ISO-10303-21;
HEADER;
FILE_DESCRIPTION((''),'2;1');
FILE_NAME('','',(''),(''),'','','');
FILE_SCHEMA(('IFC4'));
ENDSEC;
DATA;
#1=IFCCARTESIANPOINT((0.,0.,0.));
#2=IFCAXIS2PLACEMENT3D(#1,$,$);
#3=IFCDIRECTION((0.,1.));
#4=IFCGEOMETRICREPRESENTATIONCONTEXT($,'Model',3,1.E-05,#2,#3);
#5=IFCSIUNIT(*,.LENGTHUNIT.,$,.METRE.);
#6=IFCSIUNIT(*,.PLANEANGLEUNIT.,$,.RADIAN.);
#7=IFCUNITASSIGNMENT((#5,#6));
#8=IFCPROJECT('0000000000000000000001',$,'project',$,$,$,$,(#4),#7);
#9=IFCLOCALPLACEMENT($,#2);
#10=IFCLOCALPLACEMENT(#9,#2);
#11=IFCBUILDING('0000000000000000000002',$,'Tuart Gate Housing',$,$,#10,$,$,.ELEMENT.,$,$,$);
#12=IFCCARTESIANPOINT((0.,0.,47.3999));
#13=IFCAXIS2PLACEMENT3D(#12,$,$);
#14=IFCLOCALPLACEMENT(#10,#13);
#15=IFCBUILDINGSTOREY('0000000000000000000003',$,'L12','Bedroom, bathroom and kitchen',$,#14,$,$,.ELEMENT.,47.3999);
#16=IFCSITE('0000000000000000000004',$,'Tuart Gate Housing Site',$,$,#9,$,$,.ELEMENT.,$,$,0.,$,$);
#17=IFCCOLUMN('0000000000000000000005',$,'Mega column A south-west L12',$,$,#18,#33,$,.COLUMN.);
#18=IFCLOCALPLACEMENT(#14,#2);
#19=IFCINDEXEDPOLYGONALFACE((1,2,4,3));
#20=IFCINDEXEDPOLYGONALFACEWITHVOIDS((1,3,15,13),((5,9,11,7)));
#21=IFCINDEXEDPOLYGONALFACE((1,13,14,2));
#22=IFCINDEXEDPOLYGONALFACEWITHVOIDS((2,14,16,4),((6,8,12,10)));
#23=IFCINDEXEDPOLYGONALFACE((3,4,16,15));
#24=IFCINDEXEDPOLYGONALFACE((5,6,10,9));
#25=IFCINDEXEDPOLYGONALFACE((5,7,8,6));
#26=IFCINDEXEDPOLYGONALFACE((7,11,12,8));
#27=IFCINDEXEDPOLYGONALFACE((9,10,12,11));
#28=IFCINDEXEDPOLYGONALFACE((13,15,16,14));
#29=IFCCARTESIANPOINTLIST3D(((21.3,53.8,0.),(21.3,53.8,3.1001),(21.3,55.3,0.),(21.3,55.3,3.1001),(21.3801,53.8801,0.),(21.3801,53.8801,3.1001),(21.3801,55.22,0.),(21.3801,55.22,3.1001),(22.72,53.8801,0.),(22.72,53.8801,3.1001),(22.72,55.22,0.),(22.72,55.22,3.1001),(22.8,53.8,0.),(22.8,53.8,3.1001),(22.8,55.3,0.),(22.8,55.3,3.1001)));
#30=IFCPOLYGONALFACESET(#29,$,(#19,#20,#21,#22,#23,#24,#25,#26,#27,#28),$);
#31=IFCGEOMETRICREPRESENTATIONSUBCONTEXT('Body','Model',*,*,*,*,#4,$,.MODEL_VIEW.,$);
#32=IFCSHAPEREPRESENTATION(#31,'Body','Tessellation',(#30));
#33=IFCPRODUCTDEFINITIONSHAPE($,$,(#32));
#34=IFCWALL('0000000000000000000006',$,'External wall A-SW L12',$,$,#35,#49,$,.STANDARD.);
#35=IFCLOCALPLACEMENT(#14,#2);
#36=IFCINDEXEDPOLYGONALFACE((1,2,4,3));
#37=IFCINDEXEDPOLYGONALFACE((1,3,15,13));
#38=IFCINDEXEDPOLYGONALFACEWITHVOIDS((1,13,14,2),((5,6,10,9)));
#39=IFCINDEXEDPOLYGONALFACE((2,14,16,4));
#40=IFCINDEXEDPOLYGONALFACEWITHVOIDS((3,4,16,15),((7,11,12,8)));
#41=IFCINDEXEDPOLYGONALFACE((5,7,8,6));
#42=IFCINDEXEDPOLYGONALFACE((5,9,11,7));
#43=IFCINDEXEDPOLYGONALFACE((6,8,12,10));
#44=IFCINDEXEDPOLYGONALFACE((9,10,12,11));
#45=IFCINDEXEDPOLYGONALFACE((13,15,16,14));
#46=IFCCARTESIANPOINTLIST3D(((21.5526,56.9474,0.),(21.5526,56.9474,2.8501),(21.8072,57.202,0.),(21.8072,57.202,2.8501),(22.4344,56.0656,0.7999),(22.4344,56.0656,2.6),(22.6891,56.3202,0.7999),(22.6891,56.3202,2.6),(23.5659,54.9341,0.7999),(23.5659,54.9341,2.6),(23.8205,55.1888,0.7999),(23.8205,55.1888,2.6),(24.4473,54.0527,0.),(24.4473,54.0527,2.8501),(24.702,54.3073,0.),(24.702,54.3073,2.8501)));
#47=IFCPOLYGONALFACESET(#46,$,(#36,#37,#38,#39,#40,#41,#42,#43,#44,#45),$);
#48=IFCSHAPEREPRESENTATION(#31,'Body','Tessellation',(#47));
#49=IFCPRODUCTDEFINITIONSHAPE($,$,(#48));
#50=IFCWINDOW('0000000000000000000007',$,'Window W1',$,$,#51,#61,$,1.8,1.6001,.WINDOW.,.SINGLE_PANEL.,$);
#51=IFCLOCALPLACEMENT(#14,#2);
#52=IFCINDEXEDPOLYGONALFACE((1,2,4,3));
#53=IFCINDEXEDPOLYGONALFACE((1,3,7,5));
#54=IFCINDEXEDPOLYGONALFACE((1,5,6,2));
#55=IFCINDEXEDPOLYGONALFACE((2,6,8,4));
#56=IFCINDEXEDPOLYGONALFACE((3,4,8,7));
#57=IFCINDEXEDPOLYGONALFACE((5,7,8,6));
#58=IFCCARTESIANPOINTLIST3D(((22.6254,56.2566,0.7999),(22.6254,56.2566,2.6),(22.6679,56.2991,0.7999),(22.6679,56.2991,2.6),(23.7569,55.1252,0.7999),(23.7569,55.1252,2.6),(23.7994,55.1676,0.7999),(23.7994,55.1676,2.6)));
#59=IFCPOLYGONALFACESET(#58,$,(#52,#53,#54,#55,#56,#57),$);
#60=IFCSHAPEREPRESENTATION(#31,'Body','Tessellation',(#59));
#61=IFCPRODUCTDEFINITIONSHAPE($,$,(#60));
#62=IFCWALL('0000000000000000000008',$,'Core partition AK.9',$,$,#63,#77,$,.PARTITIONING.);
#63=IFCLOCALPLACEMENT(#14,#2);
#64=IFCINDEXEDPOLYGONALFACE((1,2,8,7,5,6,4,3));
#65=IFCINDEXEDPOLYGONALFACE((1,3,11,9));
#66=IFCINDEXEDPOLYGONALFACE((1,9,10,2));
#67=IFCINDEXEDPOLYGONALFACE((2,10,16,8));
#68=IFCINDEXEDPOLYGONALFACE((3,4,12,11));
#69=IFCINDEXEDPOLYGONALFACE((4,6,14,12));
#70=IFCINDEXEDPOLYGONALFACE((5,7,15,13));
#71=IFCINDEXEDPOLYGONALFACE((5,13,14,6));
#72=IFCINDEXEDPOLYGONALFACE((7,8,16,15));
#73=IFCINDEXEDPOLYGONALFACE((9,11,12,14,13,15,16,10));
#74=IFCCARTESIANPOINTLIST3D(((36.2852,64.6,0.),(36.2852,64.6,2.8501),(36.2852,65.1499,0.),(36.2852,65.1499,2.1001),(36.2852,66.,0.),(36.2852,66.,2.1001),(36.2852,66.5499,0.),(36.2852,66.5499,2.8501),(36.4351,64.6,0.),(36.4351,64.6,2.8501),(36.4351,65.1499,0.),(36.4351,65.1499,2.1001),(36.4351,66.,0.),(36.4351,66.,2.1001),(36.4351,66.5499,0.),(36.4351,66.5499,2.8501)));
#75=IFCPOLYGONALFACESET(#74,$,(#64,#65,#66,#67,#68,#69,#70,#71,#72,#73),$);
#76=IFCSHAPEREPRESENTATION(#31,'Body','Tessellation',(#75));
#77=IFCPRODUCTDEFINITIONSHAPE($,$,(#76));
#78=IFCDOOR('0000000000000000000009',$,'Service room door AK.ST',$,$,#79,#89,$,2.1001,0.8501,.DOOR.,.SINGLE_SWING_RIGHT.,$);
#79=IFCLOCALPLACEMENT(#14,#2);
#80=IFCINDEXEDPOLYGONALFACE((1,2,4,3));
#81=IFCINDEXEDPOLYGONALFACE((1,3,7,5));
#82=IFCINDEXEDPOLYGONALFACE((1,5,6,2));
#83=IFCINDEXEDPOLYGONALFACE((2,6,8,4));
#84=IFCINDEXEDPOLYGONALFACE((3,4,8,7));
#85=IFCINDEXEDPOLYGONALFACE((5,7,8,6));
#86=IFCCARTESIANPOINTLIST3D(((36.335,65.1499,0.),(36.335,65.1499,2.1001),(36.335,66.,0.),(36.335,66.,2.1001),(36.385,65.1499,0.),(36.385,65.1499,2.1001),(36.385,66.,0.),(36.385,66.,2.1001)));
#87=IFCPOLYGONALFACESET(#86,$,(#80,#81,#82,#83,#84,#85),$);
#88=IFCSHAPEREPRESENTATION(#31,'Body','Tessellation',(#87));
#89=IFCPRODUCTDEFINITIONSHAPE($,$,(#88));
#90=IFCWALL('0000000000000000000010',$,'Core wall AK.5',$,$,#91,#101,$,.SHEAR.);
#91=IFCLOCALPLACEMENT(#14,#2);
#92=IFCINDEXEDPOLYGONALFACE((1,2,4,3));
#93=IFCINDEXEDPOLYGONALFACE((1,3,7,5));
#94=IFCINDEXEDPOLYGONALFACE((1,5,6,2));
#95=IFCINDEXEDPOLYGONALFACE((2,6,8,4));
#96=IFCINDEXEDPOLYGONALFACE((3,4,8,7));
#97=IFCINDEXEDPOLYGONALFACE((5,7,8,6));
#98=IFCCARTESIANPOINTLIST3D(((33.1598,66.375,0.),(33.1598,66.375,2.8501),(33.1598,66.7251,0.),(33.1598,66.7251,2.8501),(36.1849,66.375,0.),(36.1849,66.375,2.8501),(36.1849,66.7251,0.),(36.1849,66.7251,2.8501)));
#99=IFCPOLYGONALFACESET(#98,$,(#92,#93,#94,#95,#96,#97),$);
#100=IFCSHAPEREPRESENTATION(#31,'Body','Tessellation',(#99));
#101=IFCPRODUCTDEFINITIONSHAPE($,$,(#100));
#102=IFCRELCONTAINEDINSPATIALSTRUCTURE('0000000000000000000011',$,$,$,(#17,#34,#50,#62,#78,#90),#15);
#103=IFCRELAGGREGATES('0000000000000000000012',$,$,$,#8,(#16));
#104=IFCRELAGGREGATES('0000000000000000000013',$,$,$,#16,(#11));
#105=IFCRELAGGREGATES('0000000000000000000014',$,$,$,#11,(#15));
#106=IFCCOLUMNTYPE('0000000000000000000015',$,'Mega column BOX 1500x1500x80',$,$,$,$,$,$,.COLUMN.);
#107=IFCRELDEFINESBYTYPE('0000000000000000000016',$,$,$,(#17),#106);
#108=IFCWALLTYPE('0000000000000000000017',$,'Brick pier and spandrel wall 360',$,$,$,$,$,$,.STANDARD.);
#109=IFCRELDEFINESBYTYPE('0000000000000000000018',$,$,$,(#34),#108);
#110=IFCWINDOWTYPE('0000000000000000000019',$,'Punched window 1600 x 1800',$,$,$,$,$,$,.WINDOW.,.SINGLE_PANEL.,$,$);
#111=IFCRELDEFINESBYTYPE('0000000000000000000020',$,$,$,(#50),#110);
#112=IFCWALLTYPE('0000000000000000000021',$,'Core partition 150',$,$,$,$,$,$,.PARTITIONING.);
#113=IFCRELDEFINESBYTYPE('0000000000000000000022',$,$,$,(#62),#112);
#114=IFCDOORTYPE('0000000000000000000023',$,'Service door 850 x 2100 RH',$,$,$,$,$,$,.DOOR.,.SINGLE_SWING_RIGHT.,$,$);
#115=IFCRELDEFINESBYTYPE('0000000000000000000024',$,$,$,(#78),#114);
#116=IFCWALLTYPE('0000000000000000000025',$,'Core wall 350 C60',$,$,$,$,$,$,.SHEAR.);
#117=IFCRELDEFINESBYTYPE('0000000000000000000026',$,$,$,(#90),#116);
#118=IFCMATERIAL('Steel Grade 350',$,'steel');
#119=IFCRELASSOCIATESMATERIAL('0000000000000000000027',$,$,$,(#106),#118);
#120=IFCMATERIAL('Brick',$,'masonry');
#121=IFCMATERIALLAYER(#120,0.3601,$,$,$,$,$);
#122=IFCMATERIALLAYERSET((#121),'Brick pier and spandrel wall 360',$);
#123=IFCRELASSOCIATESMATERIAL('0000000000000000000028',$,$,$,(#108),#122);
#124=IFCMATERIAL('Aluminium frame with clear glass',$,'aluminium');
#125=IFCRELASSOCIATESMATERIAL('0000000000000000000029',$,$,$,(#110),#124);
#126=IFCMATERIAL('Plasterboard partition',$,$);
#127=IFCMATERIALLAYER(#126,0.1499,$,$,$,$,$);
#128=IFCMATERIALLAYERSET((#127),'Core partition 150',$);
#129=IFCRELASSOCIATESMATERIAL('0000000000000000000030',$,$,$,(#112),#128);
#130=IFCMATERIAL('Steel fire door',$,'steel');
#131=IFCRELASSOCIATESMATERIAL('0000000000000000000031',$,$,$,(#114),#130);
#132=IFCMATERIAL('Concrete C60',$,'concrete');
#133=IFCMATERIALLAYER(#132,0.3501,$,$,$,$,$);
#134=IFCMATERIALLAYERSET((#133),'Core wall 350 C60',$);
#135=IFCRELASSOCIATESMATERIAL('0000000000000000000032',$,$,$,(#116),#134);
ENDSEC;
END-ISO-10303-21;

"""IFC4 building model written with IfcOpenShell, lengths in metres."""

from ifc_helpers import new_model, si_unit, direction, frame, frame_2d, origin, origin_2d, place, context, subcontext, project, spatial, rectangle, hollow_rectangle, extrude, material, layer, layer_set, material_profile, profile_set, type_object, element, fill, save


model = new_model("IFC4")

# Units and contexts
model_context = context("Model", 3, precision=1e-05, world=origin(), true_north=direction((0.0, 1.0)))
body_context = subcontext(model_context, "Body", "Model", "MODEL_VIEW")
ifc_project = project(units=[si_unit("LENGTHUNIT", "METRE"), si_unit("PLANEANGLEUNIT", "RADIAN")], contexts=[model_context])

# Site, building, storey
site_placement = place(None, origin())
site = spatial("IfcSite", under=ifc_project, at=site_placement, Name="Tuart Gate Housing Site", CompositionType="ELEMENT", RefElevation=0.0)
building_placement = place(site_placement, origin())
building = spatial("IfcBuilding", under=site, at=building_placement, Name="Tuart Gate Housing", CompositionType="ELEMENT")
storey_placement = place(building_placement, frame((0.0, 0.0, 47.3999)))
storey = spatial("IfcBuildingStorey", under=building, at=storey_placement, Name="L12", Description="Bedroom, bathroom and kitchen", CompositionType="ELEMENT", Elevation=47.3999)

# Column
ifc_material_1 = material(Name="Steel Grade 350", Category="steel")
ifc_material_profile = material_profile(ifc_material_1, hollow_rectangle(XDim=1.5, YDim=1.5, WallThickness=0.0801, at=origin_2d()), Name="BOX 1500x1500x80")
ifc_profile_set = profile_set([ifc_material_profile], Name="Steel Grade 350")
column_type = type_object("IfcColumnType", Name="Mega column BOX 1500x1500x80", PredefinedType="COLUMN", material=ifc_profile_set)
column_placement = place(storey_placement, frame((22.05, 54.55, 0.0), z_axis=(0.0, 0.0, 1.0), x_axis=(1.0, 0.0, 0.0)))
element("IfcColumn", 1, at=column_placement, inside=storey, type_object=column_type, Name="Mega column A south-west L12", PredefinedType="COLUMN", context=body_context, shape_type="SweptSolid", body=[
    extrude(hollow_rectangle(XDim=1.5, YDim=1.5, WallThickness=0.0801, at=origin_2d()), origin(), (0.0, 0.0, 1.0), 3.1001),
])

# Wall, opening, window
ifc_material_2 = material(Name="Brick", Category="masonry")
ifc_layer_1 = layer(ifc_material_2, 0.3601)
ifc_layer_set_1 = layer_set([ifc_layer_1], Name="Brick pier and spandrel wall 360")
wall_type_1 = type_object("IfcWallType", Name="Brick pier and spandrel wall 360", PredefinedType="STANDARD", material=ifc_layer_set_1)
wall_1_placement = place(storey_placement, frame((21.6799, 57.0747, 0.0), z_axis=(0.0, 0.0, 1.0), x_axis=(0.707107, -0.707107, 0.0)))
wall_1 = element("IfcWall", 2, at=wall_1_placement, inside=storey, type_object=wall_type_1, Name="External wall A-SW L12", PredefinedType="STANDARD", context=body_context, shape_type="SweptSolid", body=[
    extrude(rectangle(XDim=4.0938, YDim=0.3601, at=frame_2d((2.0469, 0.0))), origin(), (0.0, 0.0, 1.0), 2.8501),
])
opening_1_placement = place(wall_1_placement, frame((1.2471, 0.0, 0.8)))
opening_1 = element("IfcOpeningElement", 3, at=opening_1_placement, cuts=wall_1, PredefinedType="OPENING", context=body_context, shape_type="SweptSolid", body=[
    extrude(rectangle(XDim=1.6001, YDim=1.8, at=frame_2d((0.8, 0.8999))), frame((0.0, 0.1899, 0.0), z_axis=(0.0, -1.0, 0.0), x_axis=(1.0, 0.0, 0.0)), (0.0, 0.0, 1.0), 0.3801),
])
ifc_material_3 = material(Name="Aluminium frame with clear glass", Category="aluminium")
window_type = type_object("IfcWindowType", Name="Punched window 1600 x 1800", PartitioningType="SINGLE_PANEL", PredefinedType="WINDOW", material=ifc_material_3)
window_placement = place(opening_1_placement, origin())
window = element("IfcWindow", 4, at=window_placement, inside=storey, type_object=window_type, Name="Window W1", OverallHeight=1.8, OverallWidth=1.6001, PartitioningType="SINGLE_PANEL", PredefinedType="WINDOW", context=body_context, shape_type="SweptSolid", body=[
    extrude(rectangle(XDim=1.6001, YDim=1.8, at=frame_2d((0.8, 0.8999))), frame((0.0, 0.1501, 0.0), z_axis=(0.0, -1.0, 0.0), x_axis=(1.0, 0.0, 0.0)), (0.0, 0.0, 1.0), 0.0601),
])
fill(opening_1, window)

# Wall, opening, door
ifc_material_4 = material(Name="Plasterboard partition")
ifc_layer_2 = layer(ifc_material_4, 0.1499)
ifc_layer_set_2 = layer_set([ifc_layer_2], Name="Core partition 150")
wall_type_2 = type_object("IfcWallType", Name="Core partition 150", PredefinedType="PARTITIONING", material=ifc_layer_set_2)
wall_2_placement = place(storey_placement, frame((36.3601, 66.55, 0.0), z_axis=(0.0, 0.0, 1.0), x_axis=(0.0, -1.0, 0.0)))
wall_2 = element("IfcWall", 5, at=wall_2_placement, inside=storey, type_object=wall_type_2, Name="Core partition AK.9", PredefinedType="PARTITIONING", context=body_context, shape_type="SweptSolid", body=[
    extrude(rectangle(XDim=1.95, YDim=0.1499, at=frame_2d((0.9751, 0.0))), origin(), (0.0, 0.0, 1.0), 2.8501),
])
opening_2_placement = place(wall_2_placement, frame((0.55, 0.0, 0.0)))
opening_2 = element("IfcOpeningElement", 6, at=opening_2_placement, cuts=wall_2, PredefinedType="OPENING", context=body_context, shape_type="SweptSolid", body=[
    extrude(rectangle(XDim=0.8501, YDim=2.1001, at=frame_2d((0.425, 1.05))), frame((0.0, 0.085, 0.0), z_axis=(0.0, -1.0, 0.0), x_axis=(1.0, 0.0, 0.0)), (0.0, 0.0, 1.0), 0.1699),
])
ifc_material_5 = material(Name="Steel fire door", Category="steel")
door_type_1 = type_object("IfcDoorType", Name="Service door 850 x 2100 RH", OperationType="SINGLE_SWING_RIGHT", PredefinedType="DOOR", material=ifc_material_5)
door_1_placement = place(opening_2_placement, frame((0.8501, 0.0, 0.0), z_axis=(0.0, 0.0, 1.0), x_axis=(-1.0, 0.0, 0.0)))
door_1 = element("IfcDoor", 7, at=door_1_placement, inside=storey, type_object=door_type_1, Name="Service room door AK.ST", OperationType="SINGLE_SWING_RIGHT", OverallHeight=2.1001, OverallWidth=0.8501, PredefinedType="DOOR", context=body_context, shape_type="SweptSolid", body=[
    extrude(rectangle(XDim=0.8501, YDim=2.1001, at=frame_2d((0.425, 1.05))), frame((0.0, 0.0251, 0.0), z_axis=(0.0, -1.0, 0.0), x_axis=(1.0, 0.0, 0.0)), (0.0, 0.0, 1.0), 0.05),
])
fill(opening_2, door_1)

# Wall
ifc_material_6 = material(Name="Concrete C60", Category="concrete")
ifc_layer_3 = layer(ifc_material_6, 0.3501)
ifc_layer_set_3 = layer_set([ifc_layer_3], Name="Core wall 350 C60")
wall_type_3 = type_object("IfcWallType", Name="Core wall 350 C60", PredefinedType="SHEAR", material=ifc_layer_set_3)
wall_3_placement = place(storey_placement, frame((36.1851, 66.55, 0.0), z_axis=(0.0, 0.0, 1.0), x_axis=(-1.0, 0.0, 0.0)))
element("IfcWall", 8, at=wall_3_placement, inside=storey, type_object=wall_type_3, Name="Core wall AK.5", PredefinedType="SHEAR", context=body_context, shape_type="SweptSolid", body=[
    extrude(rectangle(XDim=3.0251, YDim=0.3501, at=frame_2d((1.5127, 0.0))), origin(), (0.0, 0.0, 1.0), 2.8501),
])

save(model, "model.ifc")
